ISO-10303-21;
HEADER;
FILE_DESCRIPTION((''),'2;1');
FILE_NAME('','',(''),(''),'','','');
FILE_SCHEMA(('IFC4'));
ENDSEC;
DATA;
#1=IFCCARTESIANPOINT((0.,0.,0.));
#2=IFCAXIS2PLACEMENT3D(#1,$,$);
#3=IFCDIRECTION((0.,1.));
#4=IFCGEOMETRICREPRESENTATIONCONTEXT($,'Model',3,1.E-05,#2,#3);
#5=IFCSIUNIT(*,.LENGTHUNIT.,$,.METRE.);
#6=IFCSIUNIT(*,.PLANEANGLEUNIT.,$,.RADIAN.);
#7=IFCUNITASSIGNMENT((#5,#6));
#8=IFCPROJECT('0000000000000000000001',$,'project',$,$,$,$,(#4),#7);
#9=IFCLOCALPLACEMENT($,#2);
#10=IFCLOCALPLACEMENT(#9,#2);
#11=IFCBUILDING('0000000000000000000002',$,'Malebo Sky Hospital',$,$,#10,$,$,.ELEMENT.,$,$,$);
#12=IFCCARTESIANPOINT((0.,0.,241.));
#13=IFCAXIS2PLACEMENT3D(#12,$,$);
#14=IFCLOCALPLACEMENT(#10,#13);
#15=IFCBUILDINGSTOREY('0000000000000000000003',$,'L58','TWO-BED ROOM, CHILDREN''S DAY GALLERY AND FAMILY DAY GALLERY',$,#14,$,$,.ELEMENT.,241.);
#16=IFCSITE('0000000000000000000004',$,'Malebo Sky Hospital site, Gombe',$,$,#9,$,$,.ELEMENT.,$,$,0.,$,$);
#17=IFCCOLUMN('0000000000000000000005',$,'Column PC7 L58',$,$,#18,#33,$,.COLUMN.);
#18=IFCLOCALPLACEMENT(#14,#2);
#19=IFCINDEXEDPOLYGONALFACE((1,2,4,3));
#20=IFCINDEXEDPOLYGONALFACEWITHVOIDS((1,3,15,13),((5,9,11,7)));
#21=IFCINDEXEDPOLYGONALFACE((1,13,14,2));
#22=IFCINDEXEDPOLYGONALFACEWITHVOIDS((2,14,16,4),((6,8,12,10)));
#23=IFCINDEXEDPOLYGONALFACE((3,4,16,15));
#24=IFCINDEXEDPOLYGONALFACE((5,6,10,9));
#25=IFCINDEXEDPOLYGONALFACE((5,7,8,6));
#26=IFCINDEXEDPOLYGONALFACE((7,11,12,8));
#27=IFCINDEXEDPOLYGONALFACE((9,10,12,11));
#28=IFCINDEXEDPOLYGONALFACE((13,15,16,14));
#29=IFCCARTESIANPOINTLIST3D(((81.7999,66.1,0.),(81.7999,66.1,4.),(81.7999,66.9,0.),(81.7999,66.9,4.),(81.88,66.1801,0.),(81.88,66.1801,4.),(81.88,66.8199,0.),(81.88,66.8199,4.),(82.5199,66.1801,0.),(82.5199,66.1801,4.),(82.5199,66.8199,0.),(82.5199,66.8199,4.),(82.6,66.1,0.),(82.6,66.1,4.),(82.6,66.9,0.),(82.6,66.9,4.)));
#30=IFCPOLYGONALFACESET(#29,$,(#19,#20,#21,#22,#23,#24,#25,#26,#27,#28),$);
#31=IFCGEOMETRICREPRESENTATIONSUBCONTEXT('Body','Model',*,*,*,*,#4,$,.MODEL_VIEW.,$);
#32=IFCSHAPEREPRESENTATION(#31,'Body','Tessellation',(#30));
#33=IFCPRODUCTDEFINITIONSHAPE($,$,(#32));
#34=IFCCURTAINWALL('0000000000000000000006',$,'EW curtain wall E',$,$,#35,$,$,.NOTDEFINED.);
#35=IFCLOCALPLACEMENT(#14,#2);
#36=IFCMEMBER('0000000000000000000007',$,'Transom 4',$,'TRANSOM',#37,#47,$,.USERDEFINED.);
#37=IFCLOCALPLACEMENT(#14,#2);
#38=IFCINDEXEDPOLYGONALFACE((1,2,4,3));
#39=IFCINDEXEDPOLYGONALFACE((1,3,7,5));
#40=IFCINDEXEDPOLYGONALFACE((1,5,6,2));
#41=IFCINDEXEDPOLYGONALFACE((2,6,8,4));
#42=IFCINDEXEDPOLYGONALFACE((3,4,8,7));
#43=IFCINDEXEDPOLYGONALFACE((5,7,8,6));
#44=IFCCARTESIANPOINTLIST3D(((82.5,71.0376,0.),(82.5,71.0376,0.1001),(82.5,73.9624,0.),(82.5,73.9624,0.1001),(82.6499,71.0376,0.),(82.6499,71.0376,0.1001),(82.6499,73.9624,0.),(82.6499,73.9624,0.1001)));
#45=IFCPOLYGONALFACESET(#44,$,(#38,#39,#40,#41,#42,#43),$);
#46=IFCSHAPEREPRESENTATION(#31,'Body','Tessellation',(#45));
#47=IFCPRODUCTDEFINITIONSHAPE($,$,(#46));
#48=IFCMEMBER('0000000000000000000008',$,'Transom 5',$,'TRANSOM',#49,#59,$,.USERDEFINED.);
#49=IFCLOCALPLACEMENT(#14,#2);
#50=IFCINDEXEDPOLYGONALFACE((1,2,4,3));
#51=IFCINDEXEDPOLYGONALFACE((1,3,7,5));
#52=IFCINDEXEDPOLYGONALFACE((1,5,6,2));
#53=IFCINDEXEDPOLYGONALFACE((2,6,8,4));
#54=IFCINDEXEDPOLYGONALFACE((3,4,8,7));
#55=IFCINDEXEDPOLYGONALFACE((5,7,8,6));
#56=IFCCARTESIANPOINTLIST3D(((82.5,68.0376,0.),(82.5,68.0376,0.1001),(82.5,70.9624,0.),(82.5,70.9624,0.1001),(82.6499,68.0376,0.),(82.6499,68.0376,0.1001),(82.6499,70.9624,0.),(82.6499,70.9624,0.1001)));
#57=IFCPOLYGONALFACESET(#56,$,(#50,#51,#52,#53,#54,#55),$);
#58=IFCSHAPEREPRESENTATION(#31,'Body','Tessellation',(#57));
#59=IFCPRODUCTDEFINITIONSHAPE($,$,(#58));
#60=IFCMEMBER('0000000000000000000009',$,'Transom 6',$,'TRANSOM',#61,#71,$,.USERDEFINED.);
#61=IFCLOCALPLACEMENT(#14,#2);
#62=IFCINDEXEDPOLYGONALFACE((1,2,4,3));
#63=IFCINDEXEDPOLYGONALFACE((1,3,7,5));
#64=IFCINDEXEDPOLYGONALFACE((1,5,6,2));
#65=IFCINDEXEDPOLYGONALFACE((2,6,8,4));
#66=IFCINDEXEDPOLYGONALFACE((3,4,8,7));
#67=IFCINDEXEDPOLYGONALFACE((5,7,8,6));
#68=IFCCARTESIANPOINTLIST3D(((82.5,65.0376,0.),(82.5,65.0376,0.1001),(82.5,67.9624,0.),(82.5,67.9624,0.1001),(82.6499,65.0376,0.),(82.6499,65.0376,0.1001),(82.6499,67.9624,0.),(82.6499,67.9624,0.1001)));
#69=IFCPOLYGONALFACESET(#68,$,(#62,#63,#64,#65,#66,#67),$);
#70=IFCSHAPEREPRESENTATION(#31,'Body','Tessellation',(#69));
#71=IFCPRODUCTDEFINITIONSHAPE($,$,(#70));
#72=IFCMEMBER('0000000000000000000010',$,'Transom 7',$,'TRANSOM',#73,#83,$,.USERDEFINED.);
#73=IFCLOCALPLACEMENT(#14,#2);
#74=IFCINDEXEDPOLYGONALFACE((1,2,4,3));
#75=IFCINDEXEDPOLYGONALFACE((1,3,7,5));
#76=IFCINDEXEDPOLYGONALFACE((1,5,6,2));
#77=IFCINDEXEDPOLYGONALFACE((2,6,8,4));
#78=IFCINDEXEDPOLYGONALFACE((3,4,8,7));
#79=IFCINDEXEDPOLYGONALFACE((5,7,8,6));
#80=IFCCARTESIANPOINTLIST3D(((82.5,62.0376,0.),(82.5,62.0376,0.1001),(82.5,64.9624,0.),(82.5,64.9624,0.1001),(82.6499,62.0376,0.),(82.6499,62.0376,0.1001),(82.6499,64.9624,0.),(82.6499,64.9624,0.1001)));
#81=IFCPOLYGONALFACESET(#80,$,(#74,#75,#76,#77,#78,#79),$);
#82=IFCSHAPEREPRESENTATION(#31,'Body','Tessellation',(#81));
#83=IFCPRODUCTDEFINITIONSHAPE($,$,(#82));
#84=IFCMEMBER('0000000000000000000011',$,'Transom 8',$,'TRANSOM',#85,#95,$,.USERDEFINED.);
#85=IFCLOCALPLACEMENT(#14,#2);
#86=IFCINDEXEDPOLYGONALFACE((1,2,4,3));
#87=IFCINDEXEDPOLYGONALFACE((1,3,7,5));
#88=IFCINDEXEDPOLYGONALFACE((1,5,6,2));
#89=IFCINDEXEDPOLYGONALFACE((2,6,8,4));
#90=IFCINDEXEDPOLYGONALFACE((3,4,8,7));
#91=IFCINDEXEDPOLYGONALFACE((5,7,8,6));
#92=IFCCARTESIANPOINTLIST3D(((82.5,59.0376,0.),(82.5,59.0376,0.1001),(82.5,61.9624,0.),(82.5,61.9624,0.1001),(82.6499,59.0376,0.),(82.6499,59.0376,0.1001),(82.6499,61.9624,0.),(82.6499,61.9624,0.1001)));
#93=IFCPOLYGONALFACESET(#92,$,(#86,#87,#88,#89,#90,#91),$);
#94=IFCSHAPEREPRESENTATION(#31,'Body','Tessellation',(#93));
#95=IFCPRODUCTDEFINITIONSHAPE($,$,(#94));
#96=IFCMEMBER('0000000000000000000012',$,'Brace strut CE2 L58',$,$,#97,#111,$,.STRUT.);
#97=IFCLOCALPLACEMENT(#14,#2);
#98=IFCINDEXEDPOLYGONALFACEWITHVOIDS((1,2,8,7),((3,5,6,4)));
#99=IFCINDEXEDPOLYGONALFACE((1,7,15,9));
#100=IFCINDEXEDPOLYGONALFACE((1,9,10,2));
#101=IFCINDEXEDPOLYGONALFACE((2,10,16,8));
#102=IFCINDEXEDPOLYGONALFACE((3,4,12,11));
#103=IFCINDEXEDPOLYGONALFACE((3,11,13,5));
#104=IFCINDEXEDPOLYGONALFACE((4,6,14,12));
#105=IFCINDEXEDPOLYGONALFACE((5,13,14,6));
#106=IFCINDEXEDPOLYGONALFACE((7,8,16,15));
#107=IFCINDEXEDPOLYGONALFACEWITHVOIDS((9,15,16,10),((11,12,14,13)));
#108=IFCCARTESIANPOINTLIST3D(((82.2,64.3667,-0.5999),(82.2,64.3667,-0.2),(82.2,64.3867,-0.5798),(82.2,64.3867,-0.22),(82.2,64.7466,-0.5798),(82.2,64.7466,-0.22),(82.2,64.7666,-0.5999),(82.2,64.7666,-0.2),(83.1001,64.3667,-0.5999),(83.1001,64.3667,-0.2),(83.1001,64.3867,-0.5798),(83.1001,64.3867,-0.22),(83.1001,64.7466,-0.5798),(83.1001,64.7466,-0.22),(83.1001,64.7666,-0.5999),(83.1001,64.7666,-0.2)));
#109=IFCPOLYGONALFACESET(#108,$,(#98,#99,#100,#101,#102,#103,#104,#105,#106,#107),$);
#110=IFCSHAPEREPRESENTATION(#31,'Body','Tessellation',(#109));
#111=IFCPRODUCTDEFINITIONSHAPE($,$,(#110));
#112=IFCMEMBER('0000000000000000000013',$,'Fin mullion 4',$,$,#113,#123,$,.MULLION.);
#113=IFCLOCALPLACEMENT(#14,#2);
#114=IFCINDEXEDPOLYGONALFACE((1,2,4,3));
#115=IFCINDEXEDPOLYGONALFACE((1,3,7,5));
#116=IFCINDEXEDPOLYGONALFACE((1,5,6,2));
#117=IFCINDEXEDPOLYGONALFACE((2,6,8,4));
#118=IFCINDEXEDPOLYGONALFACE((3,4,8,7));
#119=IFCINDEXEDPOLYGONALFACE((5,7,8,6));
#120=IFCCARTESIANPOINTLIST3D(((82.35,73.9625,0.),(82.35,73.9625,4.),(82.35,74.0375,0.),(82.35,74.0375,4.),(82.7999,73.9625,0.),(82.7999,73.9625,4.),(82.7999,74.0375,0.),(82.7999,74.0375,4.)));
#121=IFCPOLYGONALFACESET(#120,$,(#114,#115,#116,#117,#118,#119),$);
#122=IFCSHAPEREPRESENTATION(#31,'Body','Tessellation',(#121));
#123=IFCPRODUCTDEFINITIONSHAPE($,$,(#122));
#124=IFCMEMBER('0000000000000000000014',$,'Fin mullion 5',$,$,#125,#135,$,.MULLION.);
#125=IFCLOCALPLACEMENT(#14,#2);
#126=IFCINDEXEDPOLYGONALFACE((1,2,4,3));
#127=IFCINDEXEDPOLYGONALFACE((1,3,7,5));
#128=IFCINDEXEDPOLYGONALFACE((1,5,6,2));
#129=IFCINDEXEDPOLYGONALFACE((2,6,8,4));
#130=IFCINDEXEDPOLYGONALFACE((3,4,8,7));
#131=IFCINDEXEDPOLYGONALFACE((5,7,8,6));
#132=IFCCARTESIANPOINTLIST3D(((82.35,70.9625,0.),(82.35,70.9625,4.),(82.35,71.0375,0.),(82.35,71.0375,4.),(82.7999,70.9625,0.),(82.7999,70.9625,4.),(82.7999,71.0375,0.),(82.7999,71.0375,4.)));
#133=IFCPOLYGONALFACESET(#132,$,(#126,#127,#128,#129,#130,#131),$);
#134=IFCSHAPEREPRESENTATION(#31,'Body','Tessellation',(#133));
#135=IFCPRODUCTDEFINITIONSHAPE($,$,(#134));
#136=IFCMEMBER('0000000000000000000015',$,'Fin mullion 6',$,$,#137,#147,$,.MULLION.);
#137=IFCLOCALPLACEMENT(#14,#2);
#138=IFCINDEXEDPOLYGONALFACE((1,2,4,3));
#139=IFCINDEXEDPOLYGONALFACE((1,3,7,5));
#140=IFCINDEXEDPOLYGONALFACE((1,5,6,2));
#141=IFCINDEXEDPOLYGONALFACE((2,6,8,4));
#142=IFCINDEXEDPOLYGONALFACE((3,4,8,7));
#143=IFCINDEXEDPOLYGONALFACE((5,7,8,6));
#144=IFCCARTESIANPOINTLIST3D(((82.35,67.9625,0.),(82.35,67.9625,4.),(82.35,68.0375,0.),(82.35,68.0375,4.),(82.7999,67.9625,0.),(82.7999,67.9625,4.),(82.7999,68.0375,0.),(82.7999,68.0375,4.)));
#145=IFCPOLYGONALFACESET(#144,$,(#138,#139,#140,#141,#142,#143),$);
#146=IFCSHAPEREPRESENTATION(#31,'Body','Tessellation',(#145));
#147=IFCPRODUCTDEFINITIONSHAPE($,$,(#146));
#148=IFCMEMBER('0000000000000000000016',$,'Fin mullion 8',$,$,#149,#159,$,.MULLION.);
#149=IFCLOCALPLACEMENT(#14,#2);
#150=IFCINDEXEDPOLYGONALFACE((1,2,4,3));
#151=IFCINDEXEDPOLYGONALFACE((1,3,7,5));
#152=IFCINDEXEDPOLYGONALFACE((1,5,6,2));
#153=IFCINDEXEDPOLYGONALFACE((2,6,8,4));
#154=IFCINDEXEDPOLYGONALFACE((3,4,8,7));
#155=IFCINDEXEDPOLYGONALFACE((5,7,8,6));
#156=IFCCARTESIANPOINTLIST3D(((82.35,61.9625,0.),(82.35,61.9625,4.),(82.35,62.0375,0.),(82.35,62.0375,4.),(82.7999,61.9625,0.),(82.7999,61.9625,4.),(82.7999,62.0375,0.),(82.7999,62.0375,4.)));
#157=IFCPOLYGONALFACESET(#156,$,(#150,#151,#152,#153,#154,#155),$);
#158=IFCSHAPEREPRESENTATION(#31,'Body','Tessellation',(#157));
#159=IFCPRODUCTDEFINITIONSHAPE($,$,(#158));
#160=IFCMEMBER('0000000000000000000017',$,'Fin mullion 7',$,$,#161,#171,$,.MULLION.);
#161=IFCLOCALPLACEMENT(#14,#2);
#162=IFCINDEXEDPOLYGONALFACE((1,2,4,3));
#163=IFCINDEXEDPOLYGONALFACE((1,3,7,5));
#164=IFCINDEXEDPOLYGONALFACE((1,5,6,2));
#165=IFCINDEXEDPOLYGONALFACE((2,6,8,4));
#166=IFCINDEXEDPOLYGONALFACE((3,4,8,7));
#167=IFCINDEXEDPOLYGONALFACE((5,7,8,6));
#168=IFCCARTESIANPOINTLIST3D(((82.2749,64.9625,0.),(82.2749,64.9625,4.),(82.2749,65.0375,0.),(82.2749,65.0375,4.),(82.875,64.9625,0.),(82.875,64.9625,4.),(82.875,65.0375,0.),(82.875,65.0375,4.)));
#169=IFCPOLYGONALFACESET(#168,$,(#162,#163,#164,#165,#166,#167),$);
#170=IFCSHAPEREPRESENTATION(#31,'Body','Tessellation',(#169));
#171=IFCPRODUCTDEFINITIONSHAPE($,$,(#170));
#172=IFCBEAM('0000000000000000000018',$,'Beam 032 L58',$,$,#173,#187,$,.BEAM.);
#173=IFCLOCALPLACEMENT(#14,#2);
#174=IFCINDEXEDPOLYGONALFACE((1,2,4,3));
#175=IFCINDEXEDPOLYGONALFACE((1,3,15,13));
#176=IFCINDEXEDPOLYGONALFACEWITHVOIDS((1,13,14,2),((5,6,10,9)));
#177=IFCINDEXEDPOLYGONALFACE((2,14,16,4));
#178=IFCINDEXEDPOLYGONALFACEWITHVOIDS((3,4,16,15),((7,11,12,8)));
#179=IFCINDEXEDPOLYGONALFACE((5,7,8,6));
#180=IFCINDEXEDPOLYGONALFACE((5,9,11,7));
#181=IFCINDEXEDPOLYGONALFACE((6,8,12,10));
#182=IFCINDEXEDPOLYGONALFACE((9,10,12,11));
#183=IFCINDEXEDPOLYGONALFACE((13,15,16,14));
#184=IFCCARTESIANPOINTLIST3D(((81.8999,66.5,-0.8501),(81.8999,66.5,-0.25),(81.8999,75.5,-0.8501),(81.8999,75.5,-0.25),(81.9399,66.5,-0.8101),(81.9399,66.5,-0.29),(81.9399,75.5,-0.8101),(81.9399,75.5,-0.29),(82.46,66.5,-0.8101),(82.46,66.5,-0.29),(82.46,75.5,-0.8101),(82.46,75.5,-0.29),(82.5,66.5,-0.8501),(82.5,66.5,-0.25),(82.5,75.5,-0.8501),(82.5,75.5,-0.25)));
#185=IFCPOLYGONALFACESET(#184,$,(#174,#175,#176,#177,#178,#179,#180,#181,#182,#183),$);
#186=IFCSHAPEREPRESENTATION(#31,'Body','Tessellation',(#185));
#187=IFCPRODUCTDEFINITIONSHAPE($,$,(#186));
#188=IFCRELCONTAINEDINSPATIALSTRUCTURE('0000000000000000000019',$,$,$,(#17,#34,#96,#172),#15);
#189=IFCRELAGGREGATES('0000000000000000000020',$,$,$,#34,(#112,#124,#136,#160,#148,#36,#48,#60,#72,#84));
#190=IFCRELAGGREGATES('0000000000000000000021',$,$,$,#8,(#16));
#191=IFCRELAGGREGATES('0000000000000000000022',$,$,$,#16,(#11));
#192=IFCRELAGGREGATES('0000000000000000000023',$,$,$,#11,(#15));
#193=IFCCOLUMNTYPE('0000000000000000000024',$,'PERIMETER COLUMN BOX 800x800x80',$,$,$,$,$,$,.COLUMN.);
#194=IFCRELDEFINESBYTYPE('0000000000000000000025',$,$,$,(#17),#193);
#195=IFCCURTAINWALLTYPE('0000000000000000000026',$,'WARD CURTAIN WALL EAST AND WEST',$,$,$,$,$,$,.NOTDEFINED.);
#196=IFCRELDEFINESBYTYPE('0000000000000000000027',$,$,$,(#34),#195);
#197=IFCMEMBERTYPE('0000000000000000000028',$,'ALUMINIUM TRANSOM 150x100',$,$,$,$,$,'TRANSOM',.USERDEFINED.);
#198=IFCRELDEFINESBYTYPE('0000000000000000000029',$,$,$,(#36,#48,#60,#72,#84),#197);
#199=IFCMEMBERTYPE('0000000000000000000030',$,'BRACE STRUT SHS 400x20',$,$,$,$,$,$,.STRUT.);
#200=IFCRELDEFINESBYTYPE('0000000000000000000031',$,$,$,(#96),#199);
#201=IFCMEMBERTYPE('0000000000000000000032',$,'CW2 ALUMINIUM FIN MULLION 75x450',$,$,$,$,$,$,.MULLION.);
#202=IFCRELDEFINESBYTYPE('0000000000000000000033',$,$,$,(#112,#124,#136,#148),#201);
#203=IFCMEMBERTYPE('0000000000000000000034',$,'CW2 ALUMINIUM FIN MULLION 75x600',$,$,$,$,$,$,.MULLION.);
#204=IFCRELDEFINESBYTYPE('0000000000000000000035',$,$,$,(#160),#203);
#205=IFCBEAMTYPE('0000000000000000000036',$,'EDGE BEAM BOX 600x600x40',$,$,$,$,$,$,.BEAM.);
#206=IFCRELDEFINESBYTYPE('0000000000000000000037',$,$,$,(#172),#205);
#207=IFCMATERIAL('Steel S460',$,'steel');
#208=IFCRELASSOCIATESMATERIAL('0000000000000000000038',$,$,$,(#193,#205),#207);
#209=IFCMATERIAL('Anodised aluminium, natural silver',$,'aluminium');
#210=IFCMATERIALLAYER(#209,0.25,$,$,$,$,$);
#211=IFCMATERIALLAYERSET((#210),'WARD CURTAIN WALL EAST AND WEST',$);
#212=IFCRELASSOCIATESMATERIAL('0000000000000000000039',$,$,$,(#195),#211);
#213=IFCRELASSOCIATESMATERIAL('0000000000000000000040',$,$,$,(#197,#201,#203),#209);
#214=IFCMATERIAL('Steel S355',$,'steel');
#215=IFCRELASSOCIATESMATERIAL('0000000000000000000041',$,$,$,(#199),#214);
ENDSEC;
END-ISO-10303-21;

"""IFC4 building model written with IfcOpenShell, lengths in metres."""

from ifc_helpers import new_model, si_unit, direction, frame, origin, origin_2d, place, context, subcontext, project, spatial, rectangle, hollow_rectangle, extrude, material, layer, layer_set, material_profile, profile_set, type_object, element, aggregate, save


model = new_model("IFC4")

# Units and contexts
model_context = context("Model", 3, precision=1e-05, world=origin(), true_north=direction((0.0, 1.0)))
body_context = subcontext(model_context, "Body", "Model", "MODEL_VIEW")
ifc_project = project(units=[si_unit("LENGTHUNIT", "METRE"), si_unit("PLANEANGLEUNIT", "RADIAN")], contexts=[model_context])

# Site, building, storey
site_placement = place(None, origin())
site = spatial("IfcSite", under=ifc_project, at=site_placement, Name="Malebo Sky Hospital site, Gombe", CompositionType="ELEMENT", RefElevation=0.0)
building_placement = place(site_placement, origin())
building = spatial("IfcBuilding", under=site, at=building_placement, Name="Malebo Sky Hospital", CompositionType="ELEMENT")
storey_placement = place(building_placement, frame((0.0, 0.0, 241.0)))
storey = spatial("IfcBuildingStorey", under=building, at=storey_placement, Name="L58", Description="TWO-BED ROOM, CHILDREN'S DAY GALLERY AND FAMILY DAY GALLERY", CompositionType="ELEMENT", Elevation=241.0)

# Column
ifc_material_1 = material(Name="Steel S460", Category="steel")
ifc_material_profile_1 = material_profile(ifc_material_1, hollow_rectangle(XDim=0.8, YDim=0.8, WallThickness=0.0801, at=origin_2d()), Name="BOX 800x800x80")
ifc_profile_set_1 = profile_set([ifc_material_profile_1], Name="Steel S460")
column_type = type_object("IfcColumnType", Name="PERIMETER COLUMN BOX 800x800x80", PredefinedType="COLUMN", material=ifc_profile_set_1)
column_placement = place(storey_placement, frame((82.2, 66.5, 0.0), z_axis=(0.0, 0.0, 1.0), x_axis=(1.0, 0.0, 0.0)))
element("IfcColumn", 1, at=column_placement, inside=storey, type_object=column_type, Name="Column PC7 L58", PredefinedType="COLUMN", context=body_context, shape_type="SweptSolid", body=[
    extrude(hollow_rectangle(XDim=0.8, YDim=0.8, WallThickness=0.0801, at=origin_2d()), origin(), (0.0, 0.0, 1.0), 4.0),
])

# Curtain wall, members
ifc_material_2 = material(Name="Anodised aluminium, natural silver", Category="aluminium")
ifc_layer_1 = layer(ifc_material_2, 0.25)
ifc_layer_set_1 = layer_set([ifc_layer_1], Name="WARD CURTAIN WALL EAST AND WEST")
curtain_wall_type = type_object("IfcCurtainWallType", Name="WARD CURTAIN WALL EAST AND WEST", PredefinedType="NOTDEFINED", material=ifc_layer_set_1)
curtain_wall_placement = place(storey_placement, origin())
curtain_wall = element("IfcCurtainWall", 2, at=curtain_wall_placement, inside=storey, type_object=curtain_wall_type, Name="EW curtain wall E", PredefinedType="NOTDEFINED")
ifc_material_profile_2 = material_profile(ifc_material_2, rectangle(XDim=0.1499, YDim=0.1001, at=origin_2d()), Name="ALUMINIUM TRANSOM 150x100")
ifc_profile_set_2 = profile_set([ifc_material_profile_2], Name="Anodised aluminium, natural silver")
member_type_1 = type_object("IfcMemberType", Name="ALUMINIUM TRANSOM 150x100", ElementType="TRANSOM", PredefinedType="USERDEFINED", material=ifc_profile_set_2)
member_1_placement = place(storey_placement, frame((82.575, 73.9624, 0.05), z_axis=(0.0, -1.0, 0.0), x_axis=(1.0, 0.0, 0.0)))
member_1 = element("IfcMember", 3, at=member_1_placement, type_object=member_type_1, Name="Transom 4", ObjectType="TRANSOM", PredefinedType="USERDEFINED", context=body_context, shape_type="SweptSolid", body=[
    extrude(rectangle(XDim=0.1499, YDim=0.1001, at=origin_2d()), origin(), (0.0, 0.0, 1.0), 2.9248),
])
member_2_placement = place(storey_placement, frame((82.575, 70.9624, 0.05), z_axis=(0.0, -1.0, 0.0), x_axis=(1.0, 0.0, 0.0)))
member_2 = element("IfcMember", 4, at=member_2_placement, type_object=member_type_1, Name="Transom 5", ObjectType="TRANSOM", PredefinedType="USERDEFINED", context=body_context, shape_type="SweptSolid", body=[
    extrude(rectangle(XDim=0.1499, YDim=0.1001, at=origin_2d()), origin(), (0.0, 0.0, 1.0), 2.9248),
])
member_3_placement = place(storey_placement, frame((82.575, 67.9624, 0.05), z_axis=(0.0, -1.0, 0.0), x_axis=(1.0, 0.0, 0.0)))
member_3 = element("IfcMember", 5, at=member_3_placement, type_object=member_type_1, Name="Transom 6", ObjectType="TRANSOM", PredefinedType="USERDEFINED", context=body_context, shape_type="SweptSolid", body=[
    extrude(rectangle(XDim=0.1499, YDim=0.1001, at=origin_2d()), origin(), (0.0, 0.0, 1.0), 2.9248),
])
member_4_placement = place(storey_placement, frame((82.575, 64.9624, 0.05), z_axis=(0.0, -1.0, 0.0), x_axis=(1.0, 0.0, 0.0)))
member_4 = element("IfcMember", 6, at=member_4_placement, type_object=member_type_1, Name="Transom 7", ObjectType="TRANSOM", PredefinedType="USERDEFINED", context=body_context, shape_type="SweptSolid", body=[
    extrude(rectangle(XDim=0.1499, YDim=0.1001, at=origin_2d()), origin(), (0.0, 0.0, 1.0), 2.9248),
])
member_5_placement = place(storey_placement, frame((82.575, 61.9624, 0.05), z_axis=(0.0, -1.0, 0.0), x_axis=(1.0, 0.0, 0.0)))
member_5 = element("IfcMember", 7, at=member_5_placement, type_object=member_type_1, Name="Transom 8", ObjectType="TRANSOM", PredefinedType="USERDEFINED", context=body_context, shape_type="SweptSolid", body=[
    extrude(rectangle(XDim=0.1499, YDim=0.1001, at=origin_2d()), origin(), (0.0, 0.0, 1.0), 2.9248),
])

# Members
ifc_material_3 = material(Name="Steel S355", Category="steel")
ifc_material_profile_3 = material_profile(ifc_material_3, hollow_rectangle(XDim=0.3999, YDim=0.3999, WallThickness=0.02, at=origin_2d()), Name="SHS 400x20")
ifc_profile_set_3 = profile_set([ifc_material_profile_3], Name="Steel S355")
member_type_2 = type_object("IfcMemberType", Name="BRACE STRUT SHS 400x20", PredefinedType="STRUT", material=ifc_profile_set_3)
member_6_placement = place(storey_placement, frame((83.1001, 64.5667, -0.3999), z_axis=(-1.0, 0.0, 0.0), x_axis=(0.0, -1.0, 0.0)))
element("IfcMember", 8, at=member_6_placement, inside=storey, type_object=member_type_2, Name="Brace strut CE2 L58", PredefinedType="STRUT", context=body_context, shape_type="SweptSolid", body=[
    extrude(hollow_rectangle(XDim=0.3999, YDim=0.3999, WallThickness=0.02, at=origin_2d()), origin(), (0.0, 0.0, 1.0), 0.9001),
])
ifc_material_profile_4 = material_profile(ifc_material_2, rectangle(XDim=0.075, YDim=0.45, at=origin_2d()), Name="CW2 ALUMINIUM FIN MULLION 75x450")
ifc_profile_set_4 = profile_set([ifc_material_profile_4], Name="Anodised aluminium, natural silver")
member_type_3 = type_object("IfcMemberType", Name="CW2 ALUMINIUM FIN MULLION 75x450", PredefinedType="MULLION", material=ifc_profile_set_4)
member_7_placement = place(storey_placement, frame((82.575, 74.0, 0.0), z_axis=(0.0, 0.0, 1.0), x_axis=(0.0, -1.0, 0.0)))
member_7 = element("IfcMember", 9, at=member_7_placement, type_object=member_type_3, Name="Fin mullion 4", PredefinedType="MULLION", context=body_context, shape_type="SweptSolid", body=[
    extrude(rectangle(XDim=0.075, YDim=0.45, at=origin_2d()), origin(), (0.0, 0.0, 1.0), 4.0),
])
member_8_placement = place(storey_placement, frame((82.575, 71.0, 0.0), z_axis=(0.0, 0.0, 1.0), x_axis=(0.0, -1.0, 0.0)))
member_8 = element("IfcMember", 10, at=member_8_placement, type_object=member_type_3, Name="Fin mullion 5", PredefinedType="MULLION", context=body_context, shape_type="SweptSolid", body=[
    extrude(rectangle(XDim=0.075, YDim=0.45, at=origin_2d()), origin(), (0.0, 0.0, 1.0), 4.0),
])
member_9_placement = place(storey_placement, frame((82.575, 68.0, 0.0), z_axis=(0.0, 0.0, 1.0), x_axis=(0.0, -1.0, 0.0)))
member_9 = element("IfcMember", 11, at=member_9_placement, type_object=member_type_3, Name="Fin mullion 6", PredefinedType="MULLION", context=body_context, shape_type="SweptSolid", body=[
    extrude(rectangle(XDim=0.075, YDim=0.45, at=origin_2d()), origin(), (0.0, 0.0, 1.0), 4.0),
])
member_10_placement = place(storey_placement, frame((82.575, 62.0, 0.0), z_axis=(0.0, 0.0, 1.0), x_axis=(0.0, -1.0, 0.0)))
member_10 = element("IfcMember", 12, at=member_10_placement, type_object=member_type_3, Name="Fin mullion 8", PredefinedType="MULLION", context=body_context, shape_type="SweptSolid", body=[
    extrude(rectangle(XDim=0.075, YDim=0.45, at=origin_2d()), origin(), (0.0, 0.0, 1.0), 4.0),
])
ifc_material_profile_5 = material_profile(ifc_material_2, rectangle(XDim=0.075, YDim=0.6001, at=origin_2d()), Name="CW2 ALUMINIUM FIN MULLION 75x600")
ifc_profile_set_5 = profile_set([ifc_material_profile_5], Name="Anodised aluminium, natural silver")
member_type_4 = type_object("IfcMemberType", Name="CW2 ALUMINIUM FIN MULLION 75x600", PredefinedType="MULLION", material=ifc_profile_set_5)
member_11_placement = place(storey_placement, frame((82.575, 65.0, 0.0), z_axis=(0.0, 0.0, 1.0), x_axis=(0.0, -1.0, 0.0)))
member_11 = element("IfcMember", 13, at=member_11_placement, type_object=member_type_4, Name="Fin mullion 7", PredefinedType="MULLION", context=body_context, shape_type="SweptSolid", body=[
    extrude(rectangle(XDim=0.075, YDim=0.6001, at=origin_2d()), origin(), (0.0, 0.0, 1.0), 4.0),
])

# Beam
ifc_material_profile_6 = material_profile(ifc_material_1, hollow_rectangle(XDim=0.6001, YDim=0.6001, WallThickness=0.04, at=origin_2d()), Name="BOX 600x600x40")
ifc_profile_set_6 = profile_set([ifc_material_profile_6], Name="Steel S460")
beam_type = type_object("IfcBeamType", Name="EDGE BEAM BOX 600x600x40", PredefinedType="BEAM", material=ifc_profile_set_6)
beam_placement = place(storey_placement, frame((82.2, 66.5, -0.55), z_axis=(0.0, 1.0, 0.0), x_axis=(-1.0, 0.0, 0.0)))
element("IfcBeam", 14, at=beam_placement, inside=storey, type_object=beam_type, Name="Beam 032 L58", PredefinedType="BEAM", context=body_context, shape_type="SweptSolid", body=[
    extrude(hollow_rectangle(XDim=0.6001, YDim=0.6001, WallThickness=0.04, at=origin_2d()), origin(), (0.0, 0.0, 1.0), 9.0),
])

aggregate(curtain_wall, [member_7, member_8, member_9, member_11, member_10, member_1, member_2, member_3, member_4, member_5])

save(model, "model.ifc")
